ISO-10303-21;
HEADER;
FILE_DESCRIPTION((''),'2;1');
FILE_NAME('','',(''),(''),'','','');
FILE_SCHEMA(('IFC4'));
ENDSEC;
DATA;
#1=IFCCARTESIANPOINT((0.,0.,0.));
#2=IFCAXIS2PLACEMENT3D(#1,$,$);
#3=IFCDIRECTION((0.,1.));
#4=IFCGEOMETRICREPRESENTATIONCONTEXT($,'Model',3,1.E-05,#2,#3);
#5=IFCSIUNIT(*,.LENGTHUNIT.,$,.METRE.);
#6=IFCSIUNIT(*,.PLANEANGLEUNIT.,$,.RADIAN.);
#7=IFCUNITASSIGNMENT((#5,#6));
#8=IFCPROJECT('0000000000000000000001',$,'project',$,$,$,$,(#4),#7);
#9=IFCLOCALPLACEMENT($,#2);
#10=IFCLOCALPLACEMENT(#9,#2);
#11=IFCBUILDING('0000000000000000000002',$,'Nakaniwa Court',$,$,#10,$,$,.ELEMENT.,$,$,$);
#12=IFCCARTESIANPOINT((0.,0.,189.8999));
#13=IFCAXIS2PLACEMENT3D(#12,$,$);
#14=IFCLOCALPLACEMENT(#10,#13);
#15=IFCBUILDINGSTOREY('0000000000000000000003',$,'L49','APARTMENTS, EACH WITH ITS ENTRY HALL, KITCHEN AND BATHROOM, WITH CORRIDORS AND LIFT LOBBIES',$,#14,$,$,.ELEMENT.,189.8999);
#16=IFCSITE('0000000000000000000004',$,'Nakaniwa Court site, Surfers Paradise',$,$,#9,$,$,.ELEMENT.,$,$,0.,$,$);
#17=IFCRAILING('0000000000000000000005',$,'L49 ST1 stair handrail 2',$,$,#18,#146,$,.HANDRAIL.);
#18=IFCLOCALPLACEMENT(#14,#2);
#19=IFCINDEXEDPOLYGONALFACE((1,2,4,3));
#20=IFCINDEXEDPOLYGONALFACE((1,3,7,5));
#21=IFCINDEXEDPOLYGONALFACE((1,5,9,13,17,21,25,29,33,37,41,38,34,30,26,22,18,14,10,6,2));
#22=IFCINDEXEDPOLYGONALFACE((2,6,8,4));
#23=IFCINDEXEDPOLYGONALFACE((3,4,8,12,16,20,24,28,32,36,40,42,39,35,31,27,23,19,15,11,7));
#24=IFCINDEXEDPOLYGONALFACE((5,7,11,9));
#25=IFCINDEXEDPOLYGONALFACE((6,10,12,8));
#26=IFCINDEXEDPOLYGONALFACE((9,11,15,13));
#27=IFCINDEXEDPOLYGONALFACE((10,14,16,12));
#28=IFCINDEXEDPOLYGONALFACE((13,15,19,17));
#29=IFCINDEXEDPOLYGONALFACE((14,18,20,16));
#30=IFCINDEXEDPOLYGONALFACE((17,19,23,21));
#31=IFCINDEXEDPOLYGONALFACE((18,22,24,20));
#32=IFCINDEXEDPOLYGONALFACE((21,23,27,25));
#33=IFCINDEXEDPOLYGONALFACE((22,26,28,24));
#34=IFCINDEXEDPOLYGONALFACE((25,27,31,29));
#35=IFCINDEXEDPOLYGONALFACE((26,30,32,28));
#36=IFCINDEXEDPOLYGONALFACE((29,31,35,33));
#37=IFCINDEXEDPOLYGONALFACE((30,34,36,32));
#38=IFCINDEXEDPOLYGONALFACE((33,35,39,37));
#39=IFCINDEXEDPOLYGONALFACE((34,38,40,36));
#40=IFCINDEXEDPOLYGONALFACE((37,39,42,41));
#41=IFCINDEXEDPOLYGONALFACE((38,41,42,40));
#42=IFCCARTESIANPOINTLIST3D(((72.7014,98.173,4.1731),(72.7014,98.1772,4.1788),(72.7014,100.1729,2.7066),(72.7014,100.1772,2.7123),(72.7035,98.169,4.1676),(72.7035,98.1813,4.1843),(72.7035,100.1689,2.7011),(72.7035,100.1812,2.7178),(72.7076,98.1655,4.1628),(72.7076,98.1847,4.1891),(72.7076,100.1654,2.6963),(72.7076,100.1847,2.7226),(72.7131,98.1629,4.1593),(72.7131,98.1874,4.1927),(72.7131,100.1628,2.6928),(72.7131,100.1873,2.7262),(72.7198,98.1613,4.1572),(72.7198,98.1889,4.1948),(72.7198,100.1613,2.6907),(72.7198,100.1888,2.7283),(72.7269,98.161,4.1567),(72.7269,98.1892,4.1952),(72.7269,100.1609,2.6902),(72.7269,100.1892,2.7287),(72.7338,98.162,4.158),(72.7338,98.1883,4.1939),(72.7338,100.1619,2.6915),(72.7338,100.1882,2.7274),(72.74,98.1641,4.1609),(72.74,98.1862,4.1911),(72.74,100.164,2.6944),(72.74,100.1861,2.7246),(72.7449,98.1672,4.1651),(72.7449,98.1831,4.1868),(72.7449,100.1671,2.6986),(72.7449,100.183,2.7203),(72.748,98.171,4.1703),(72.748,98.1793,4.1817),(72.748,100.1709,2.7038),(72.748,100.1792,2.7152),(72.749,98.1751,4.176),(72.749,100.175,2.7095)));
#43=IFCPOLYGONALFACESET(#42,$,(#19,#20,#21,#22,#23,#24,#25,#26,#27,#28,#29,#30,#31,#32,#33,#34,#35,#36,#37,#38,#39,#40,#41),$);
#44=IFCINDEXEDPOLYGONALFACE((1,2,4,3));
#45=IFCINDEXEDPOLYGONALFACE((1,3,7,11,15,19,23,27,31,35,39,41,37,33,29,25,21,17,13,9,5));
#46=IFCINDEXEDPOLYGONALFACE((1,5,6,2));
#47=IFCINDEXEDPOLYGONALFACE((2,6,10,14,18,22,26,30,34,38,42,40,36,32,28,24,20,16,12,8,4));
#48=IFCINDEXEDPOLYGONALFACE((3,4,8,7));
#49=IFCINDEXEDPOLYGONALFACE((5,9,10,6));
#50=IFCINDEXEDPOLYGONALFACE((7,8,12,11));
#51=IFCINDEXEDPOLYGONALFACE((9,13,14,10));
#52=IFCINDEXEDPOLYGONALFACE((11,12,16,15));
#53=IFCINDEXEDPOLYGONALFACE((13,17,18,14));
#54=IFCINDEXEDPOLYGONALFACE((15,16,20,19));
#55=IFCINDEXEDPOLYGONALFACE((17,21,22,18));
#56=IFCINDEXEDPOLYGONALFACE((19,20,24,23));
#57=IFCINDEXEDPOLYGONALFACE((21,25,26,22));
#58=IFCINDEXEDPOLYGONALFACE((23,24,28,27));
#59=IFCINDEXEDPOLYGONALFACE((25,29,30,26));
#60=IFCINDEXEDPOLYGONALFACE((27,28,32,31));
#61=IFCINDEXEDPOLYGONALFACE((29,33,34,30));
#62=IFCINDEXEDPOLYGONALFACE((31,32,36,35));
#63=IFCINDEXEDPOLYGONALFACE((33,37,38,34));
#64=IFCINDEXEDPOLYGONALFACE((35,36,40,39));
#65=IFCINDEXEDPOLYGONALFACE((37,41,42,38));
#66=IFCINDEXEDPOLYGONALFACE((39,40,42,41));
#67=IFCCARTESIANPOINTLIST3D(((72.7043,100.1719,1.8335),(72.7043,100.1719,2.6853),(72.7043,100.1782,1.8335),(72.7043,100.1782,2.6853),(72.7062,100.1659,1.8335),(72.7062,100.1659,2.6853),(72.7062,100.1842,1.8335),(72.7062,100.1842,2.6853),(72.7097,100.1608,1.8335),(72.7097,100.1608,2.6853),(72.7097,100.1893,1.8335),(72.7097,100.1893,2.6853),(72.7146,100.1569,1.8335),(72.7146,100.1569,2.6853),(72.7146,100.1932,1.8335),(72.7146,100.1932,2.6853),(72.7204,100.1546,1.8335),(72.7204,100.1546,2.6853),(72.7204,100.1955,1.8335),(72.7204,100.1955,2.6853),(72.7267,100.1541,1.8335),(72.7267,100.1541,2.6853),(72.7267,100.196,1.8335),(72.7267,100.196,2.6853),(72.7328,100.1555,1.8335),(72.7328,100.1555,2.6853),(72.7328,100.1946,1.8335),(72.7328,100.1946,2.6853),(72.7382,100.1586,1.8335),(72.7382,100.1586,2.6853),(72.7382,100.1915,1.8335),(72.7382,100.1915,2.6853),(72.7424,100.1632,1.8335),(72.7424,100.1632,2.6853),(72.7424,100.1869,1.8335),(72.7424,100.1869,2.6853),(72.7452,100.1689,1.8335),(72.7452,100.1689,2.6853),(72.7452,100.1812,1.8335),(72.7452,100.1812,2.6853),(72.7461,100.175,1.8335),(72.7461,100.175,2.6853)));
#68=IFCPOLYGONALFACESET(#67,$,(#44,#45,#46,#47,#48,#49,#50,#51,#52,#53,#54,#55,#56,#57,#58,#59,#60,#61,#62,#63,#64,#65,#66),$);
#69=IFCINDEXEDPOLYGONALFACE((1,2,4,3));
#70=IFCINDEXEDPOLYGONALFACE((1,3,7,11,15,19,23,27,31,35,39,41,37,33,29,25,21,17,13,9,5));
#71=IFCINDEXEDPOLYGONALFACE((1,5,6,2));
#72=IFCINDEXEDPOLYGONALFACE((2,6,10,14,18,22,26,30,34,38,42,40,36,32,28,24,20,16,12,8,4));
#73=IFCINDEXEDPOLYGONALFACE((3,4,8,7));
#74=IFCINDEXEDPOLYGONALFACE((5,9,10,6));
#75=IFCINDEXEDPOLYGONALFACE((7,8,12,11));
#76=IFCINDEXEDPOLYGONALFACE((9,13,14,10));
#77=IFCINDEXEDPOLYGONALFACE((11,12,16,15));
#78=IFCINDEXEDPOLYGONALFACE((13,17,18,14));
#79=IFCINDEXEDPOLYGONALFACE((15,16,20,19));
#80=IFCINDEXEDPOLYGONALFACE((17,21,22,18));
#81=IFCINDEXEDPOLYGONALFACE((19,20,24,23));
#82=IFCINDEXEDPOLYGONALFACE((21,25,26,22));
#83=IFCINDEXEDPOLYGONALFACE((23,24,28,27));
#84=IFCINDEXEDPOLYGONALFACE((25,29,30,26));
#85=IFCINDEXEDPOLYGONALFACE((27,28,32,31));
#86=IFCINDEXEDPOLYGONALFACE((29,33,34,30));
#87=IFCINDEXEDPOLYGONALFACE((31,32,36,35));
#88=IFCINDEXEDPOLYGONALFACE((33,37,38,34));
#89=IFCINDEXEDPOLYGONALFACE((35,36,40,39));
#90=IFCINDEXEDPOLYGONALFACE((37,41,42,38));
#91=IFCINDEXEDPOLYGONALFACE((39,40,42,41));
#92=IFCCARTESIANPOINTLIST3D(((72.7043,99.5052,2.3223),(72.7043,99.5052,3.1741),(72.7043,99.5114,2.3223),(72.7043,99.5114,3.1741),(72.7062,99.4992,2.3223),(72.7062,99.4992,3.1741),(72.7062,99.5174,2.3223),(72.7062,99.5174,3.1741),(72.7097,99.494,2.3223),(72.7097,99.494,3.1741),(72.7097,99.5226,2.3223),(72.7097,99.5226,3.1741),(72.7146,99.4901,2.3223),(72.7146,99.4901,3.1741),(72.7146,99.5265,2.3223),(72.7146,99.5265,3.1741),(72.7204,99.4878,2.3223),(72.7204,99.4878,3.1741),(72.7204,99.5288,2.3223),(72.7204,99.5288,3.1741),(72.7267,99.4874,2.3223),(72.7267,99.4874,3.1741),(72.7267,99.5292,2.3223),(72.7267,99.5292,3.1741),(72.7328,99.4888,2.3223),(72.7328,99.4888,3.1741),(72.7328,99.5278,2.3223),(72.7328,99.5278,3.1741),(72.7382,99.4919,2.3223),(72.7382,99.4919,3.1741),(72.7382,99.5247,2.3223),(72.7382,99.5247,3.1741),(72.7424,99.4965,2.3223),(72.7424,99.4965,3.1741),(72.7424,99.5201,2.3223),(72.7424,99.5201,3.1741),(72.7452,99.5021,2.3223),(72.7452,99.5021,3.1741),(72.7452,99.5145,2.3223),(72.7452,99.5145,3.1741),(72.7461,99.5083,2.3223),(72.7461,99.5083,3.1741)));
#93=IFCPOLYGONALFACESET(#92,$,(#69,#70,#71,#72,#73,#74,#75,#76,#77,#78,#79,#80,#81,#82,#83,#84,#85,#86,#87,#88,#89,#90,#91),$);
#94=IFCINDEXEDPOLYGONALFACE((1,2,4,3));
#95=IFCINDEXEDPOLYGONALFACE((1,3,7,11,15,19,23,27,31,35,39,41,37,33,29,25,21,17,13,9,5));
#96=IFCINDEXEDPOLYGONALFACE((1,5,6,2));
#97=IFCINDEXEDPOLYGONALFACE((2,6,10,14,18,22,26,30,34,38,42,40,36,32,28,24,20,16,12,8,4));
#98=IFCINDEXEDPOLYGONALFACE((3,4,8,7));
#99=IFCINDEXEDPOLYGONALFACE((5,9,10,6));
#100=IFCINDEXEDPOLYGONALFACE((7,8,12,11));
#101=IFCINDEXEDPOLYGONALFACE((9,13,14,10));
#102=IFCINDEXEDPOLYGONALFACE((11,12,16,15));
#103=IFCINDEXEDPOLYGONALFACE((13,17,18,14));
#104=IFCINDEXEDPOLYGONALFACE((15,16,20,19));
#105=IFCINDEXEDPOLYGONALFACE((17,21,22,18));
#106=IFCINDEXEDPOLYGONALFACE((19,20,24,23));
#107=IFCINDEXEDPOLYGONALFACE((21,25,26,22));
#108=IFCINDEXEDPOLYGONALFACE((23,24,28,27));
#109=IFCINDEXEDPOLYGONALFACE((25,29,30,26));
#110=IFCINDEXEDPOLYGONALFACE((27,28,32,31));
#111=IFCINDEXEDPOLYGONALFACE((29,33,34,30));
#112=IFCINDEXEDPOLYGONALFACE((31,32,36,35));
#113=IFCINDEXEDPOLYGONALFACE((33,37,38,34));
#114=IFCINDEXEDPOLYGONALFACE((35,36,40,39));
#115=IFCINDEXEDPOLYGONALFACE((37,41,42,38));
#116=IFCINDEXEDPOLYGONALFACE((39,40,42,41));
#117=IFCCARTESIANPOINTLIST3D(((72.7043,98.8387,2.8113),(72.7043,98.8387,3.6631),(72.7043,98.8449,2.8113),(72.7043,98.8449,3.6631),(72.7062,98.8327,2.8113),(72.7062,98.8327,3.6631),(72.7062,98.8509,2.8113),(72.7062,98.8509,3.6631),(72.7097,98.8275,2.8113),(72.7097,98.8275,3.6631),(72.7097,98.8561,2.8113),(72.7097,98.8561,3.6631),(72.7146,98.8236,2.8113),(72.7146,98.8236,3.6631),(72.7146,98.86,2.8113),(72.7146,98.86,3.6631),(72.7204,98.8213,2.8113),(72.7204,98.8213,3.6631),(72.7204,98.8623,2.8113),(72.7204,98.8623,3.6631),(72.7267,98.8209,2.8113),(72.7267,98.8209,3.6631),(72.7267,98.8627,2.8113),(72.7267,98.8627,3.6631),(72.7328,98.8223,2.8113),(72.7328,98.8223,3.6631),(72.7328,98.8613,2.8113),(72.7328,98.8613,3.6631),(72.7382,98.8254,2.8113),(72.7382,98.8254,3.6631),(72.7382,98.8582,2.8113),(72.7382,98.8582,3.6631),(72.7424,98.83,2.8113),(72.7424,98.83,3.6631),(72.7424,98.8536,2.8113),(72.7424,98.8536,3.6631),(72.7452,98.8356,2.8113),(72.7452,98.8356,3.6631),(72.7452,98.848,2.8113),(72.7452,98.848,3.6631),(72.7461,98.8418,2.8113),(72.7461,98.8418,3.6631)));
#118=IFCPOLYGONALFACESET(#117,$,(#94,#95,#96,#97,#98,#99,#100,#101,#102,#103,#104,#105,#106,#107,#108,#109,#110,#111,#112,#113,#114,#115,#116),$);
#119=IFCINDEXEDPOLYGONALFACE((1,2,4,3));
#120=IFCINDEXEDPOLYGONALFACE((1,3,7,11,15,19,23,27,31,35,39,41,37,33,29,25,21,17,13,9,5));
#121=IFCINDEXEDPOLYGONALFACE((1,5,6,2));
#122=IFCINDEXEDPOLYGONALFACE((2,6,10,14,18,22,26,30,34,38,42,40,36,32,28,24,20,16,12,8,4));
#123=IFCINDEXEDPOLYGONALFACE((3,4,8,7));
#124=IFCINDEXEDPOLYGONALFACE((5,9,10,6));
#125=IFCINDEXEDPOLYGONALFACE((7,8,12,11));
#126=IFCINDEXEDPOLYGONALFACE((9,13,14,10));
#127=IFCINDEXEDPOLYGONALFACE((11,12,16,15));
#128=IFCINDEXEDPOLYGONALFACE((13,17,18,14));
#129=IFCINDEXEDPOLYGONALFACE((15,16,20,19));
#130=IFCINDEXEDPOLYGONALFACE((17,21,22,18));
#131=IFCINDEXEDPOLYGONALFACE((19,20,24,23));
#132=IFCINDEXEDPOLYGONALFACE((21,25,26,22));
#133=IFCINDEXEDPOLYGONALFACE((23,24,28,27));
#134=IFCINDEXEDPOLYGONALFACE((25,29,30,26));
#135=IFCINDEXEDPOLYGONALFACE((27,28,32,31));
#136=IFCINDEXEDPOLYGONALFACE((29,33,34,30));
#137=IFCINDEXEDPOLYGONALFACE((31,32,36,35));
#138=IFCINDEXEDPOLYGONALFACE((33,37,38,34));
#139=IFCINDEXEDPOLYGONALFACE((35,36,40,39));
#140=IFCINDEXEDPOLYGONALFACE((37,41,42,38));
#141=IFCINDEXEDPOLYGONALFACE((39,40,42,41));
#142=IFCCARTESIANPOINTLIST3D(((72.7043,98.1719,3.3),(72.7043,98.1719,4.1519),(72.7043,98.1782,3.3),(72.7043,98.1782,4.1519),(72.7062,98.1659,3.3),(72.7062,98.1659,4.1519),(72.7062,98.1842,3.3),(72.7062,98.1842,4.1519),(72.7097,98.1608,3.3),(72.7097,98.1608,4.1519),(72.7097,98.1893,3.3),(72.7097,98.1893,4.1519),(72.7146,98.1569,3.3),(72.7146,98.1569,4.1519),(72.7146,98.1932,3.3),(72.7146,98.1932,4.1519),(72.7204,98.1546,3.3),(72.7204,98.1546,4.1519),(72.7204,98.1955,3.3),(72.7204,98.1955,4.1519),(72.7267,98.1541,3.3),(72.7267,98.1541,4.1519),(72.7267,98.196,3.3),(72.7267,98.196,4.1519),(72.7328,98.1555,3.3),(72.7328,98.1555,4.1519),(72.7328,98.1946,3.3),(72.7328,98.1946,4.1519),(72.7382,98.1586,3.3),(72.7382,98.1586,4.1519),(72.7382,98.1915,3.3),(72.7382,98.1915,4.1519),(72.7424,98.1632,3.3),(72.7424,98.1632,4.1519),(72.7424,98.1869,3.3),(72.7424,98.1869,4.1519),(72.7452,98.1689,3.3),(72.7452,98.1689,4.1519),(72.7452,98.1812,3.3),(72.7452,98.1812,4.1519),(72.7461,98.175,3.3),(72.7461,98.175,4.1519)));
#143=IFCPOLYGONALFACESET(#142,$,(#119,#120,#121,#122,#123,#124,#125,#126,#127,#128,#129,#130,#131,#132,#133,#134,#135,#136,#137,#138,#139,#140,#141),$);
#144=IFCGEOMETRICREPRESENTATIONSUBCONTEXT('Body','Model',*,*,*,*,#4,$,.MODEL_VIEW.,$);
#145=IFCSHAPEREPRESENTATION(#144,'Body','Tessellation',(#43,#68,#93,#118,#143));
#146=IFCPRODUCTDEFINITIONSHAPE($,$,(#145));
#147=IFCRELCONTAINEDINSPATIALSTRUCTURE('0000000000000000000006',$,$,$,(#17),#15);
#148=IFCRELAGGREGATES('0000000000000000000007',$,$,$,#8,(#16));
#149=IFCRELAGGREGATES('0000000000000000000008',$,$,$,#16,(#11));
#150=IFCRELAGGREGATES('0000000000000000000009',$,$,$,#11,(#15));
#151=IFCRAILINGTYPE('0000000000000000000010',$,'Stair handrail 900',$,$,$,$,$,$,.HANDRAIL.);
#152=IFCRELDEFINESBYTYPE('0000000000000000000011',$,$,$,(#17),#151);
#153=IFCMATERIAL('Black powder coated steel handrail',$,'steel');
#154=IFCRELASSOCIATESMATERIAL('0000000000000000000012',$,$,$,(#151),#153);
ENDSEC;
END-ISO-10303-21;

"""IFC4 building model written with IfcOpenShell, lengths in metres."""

from ifc_helpers import new_model, si_unit, direction, frame, origin, origin_2d, place, context, subcontext, project, spatial, circle, extrude, material, type_object, element, save


model = new_model("IFC4")

# Units and contexts
model_context = context("Model", 3, precision=1e-05, world=origin(), true_north=direction((0.0, 1.0)))
body_context = subcontext(model_context, "Body", "Model", "MODEL_VIEW")
ifc_project = project(units=[si_unit("LENGTHUNIT", "METRE"), si_unit("PLANEANGLEUNIT", "RADIAN")], contexts=[model_context])

# Site, building, storey
site_placement = place(None, origin())
site = spatial("IfcSite", under=ifc_project, at=site_placement, Name="Nakaniwa Court site, Surfers Paradise", CompositionType="ELEMENT", RefElevation=0.0)
building_placement = place(site_placement, origin())
building = spatial("IfcBuilding", under=site, at=building_placement, Name="Nakaniwa Court", CompositionType="ELEMENT")
storey_placement = place(building_placement, frame((0.0, 0.0, 189.8999)))
storey = spatial("IfcBuildingStorey", under=building, at=storey_placement, Name="L49", Description="APARTMENTS, EACH WITH ITS ENTRY HALL, KITCHEN AND BATHROOM, WITH CORRIDORS AND LIFT LOBBIES", CompositionType="ELEMENT", Elevation=189.8999)

# Railing
ifc_material_1 = material(Name="Black powder coated steel handrail", Category="steel")
railing_type_1 = type_object("IfcRailingType", Name="Stair handrail 900", PredefinedType="HANDRAIL", material=ifc_material_1)
railing_1_placement = place(storey_placement, frame((72.7251, 100.175, 1.8335)))
element("IfcRailing", 1, at=railing_1_placement, inside=storey, type_object=railing_type_1, Name="L49 ST1 stair handrail 2", PredefinedType="HANDRAIL", context=body_context, shape_type="SweptSolid", body=[
    extrude(circle(Radius=0.0239, at=origin_2d()), frame((0.0, 0.0, 0.876), z_axis=(0.0, -0.806427, 0.591334), x_axis=(1.0, 0.0, 0.0)), (0.0, 0.0, 1.0), 2.48),
    extrude(circle(Radius=0.021, at=origin_2d()), origin(), (0.0, 0.0, 1.0), 0.8518),
    extrude(circle(Radius=0.021, at=origin_2d()), frame((0.0, -0.6667, 0.4888)), (0.0, 0.0, 1.0), 0.8518),
    extrude(circle(Radius=0.021, at=origin_2d()), frame((0.0, -1.3333, 0.9778)), (0.0, 0.0, 1.0), 0.8518),
    extrude(circle(Radius=0.021, at=origin_2d()), frame((0.0, -2.0, 1.4666)), (0.0, 0.0, 1.0), 0.8518),
])

save(model, "model.ifc")
